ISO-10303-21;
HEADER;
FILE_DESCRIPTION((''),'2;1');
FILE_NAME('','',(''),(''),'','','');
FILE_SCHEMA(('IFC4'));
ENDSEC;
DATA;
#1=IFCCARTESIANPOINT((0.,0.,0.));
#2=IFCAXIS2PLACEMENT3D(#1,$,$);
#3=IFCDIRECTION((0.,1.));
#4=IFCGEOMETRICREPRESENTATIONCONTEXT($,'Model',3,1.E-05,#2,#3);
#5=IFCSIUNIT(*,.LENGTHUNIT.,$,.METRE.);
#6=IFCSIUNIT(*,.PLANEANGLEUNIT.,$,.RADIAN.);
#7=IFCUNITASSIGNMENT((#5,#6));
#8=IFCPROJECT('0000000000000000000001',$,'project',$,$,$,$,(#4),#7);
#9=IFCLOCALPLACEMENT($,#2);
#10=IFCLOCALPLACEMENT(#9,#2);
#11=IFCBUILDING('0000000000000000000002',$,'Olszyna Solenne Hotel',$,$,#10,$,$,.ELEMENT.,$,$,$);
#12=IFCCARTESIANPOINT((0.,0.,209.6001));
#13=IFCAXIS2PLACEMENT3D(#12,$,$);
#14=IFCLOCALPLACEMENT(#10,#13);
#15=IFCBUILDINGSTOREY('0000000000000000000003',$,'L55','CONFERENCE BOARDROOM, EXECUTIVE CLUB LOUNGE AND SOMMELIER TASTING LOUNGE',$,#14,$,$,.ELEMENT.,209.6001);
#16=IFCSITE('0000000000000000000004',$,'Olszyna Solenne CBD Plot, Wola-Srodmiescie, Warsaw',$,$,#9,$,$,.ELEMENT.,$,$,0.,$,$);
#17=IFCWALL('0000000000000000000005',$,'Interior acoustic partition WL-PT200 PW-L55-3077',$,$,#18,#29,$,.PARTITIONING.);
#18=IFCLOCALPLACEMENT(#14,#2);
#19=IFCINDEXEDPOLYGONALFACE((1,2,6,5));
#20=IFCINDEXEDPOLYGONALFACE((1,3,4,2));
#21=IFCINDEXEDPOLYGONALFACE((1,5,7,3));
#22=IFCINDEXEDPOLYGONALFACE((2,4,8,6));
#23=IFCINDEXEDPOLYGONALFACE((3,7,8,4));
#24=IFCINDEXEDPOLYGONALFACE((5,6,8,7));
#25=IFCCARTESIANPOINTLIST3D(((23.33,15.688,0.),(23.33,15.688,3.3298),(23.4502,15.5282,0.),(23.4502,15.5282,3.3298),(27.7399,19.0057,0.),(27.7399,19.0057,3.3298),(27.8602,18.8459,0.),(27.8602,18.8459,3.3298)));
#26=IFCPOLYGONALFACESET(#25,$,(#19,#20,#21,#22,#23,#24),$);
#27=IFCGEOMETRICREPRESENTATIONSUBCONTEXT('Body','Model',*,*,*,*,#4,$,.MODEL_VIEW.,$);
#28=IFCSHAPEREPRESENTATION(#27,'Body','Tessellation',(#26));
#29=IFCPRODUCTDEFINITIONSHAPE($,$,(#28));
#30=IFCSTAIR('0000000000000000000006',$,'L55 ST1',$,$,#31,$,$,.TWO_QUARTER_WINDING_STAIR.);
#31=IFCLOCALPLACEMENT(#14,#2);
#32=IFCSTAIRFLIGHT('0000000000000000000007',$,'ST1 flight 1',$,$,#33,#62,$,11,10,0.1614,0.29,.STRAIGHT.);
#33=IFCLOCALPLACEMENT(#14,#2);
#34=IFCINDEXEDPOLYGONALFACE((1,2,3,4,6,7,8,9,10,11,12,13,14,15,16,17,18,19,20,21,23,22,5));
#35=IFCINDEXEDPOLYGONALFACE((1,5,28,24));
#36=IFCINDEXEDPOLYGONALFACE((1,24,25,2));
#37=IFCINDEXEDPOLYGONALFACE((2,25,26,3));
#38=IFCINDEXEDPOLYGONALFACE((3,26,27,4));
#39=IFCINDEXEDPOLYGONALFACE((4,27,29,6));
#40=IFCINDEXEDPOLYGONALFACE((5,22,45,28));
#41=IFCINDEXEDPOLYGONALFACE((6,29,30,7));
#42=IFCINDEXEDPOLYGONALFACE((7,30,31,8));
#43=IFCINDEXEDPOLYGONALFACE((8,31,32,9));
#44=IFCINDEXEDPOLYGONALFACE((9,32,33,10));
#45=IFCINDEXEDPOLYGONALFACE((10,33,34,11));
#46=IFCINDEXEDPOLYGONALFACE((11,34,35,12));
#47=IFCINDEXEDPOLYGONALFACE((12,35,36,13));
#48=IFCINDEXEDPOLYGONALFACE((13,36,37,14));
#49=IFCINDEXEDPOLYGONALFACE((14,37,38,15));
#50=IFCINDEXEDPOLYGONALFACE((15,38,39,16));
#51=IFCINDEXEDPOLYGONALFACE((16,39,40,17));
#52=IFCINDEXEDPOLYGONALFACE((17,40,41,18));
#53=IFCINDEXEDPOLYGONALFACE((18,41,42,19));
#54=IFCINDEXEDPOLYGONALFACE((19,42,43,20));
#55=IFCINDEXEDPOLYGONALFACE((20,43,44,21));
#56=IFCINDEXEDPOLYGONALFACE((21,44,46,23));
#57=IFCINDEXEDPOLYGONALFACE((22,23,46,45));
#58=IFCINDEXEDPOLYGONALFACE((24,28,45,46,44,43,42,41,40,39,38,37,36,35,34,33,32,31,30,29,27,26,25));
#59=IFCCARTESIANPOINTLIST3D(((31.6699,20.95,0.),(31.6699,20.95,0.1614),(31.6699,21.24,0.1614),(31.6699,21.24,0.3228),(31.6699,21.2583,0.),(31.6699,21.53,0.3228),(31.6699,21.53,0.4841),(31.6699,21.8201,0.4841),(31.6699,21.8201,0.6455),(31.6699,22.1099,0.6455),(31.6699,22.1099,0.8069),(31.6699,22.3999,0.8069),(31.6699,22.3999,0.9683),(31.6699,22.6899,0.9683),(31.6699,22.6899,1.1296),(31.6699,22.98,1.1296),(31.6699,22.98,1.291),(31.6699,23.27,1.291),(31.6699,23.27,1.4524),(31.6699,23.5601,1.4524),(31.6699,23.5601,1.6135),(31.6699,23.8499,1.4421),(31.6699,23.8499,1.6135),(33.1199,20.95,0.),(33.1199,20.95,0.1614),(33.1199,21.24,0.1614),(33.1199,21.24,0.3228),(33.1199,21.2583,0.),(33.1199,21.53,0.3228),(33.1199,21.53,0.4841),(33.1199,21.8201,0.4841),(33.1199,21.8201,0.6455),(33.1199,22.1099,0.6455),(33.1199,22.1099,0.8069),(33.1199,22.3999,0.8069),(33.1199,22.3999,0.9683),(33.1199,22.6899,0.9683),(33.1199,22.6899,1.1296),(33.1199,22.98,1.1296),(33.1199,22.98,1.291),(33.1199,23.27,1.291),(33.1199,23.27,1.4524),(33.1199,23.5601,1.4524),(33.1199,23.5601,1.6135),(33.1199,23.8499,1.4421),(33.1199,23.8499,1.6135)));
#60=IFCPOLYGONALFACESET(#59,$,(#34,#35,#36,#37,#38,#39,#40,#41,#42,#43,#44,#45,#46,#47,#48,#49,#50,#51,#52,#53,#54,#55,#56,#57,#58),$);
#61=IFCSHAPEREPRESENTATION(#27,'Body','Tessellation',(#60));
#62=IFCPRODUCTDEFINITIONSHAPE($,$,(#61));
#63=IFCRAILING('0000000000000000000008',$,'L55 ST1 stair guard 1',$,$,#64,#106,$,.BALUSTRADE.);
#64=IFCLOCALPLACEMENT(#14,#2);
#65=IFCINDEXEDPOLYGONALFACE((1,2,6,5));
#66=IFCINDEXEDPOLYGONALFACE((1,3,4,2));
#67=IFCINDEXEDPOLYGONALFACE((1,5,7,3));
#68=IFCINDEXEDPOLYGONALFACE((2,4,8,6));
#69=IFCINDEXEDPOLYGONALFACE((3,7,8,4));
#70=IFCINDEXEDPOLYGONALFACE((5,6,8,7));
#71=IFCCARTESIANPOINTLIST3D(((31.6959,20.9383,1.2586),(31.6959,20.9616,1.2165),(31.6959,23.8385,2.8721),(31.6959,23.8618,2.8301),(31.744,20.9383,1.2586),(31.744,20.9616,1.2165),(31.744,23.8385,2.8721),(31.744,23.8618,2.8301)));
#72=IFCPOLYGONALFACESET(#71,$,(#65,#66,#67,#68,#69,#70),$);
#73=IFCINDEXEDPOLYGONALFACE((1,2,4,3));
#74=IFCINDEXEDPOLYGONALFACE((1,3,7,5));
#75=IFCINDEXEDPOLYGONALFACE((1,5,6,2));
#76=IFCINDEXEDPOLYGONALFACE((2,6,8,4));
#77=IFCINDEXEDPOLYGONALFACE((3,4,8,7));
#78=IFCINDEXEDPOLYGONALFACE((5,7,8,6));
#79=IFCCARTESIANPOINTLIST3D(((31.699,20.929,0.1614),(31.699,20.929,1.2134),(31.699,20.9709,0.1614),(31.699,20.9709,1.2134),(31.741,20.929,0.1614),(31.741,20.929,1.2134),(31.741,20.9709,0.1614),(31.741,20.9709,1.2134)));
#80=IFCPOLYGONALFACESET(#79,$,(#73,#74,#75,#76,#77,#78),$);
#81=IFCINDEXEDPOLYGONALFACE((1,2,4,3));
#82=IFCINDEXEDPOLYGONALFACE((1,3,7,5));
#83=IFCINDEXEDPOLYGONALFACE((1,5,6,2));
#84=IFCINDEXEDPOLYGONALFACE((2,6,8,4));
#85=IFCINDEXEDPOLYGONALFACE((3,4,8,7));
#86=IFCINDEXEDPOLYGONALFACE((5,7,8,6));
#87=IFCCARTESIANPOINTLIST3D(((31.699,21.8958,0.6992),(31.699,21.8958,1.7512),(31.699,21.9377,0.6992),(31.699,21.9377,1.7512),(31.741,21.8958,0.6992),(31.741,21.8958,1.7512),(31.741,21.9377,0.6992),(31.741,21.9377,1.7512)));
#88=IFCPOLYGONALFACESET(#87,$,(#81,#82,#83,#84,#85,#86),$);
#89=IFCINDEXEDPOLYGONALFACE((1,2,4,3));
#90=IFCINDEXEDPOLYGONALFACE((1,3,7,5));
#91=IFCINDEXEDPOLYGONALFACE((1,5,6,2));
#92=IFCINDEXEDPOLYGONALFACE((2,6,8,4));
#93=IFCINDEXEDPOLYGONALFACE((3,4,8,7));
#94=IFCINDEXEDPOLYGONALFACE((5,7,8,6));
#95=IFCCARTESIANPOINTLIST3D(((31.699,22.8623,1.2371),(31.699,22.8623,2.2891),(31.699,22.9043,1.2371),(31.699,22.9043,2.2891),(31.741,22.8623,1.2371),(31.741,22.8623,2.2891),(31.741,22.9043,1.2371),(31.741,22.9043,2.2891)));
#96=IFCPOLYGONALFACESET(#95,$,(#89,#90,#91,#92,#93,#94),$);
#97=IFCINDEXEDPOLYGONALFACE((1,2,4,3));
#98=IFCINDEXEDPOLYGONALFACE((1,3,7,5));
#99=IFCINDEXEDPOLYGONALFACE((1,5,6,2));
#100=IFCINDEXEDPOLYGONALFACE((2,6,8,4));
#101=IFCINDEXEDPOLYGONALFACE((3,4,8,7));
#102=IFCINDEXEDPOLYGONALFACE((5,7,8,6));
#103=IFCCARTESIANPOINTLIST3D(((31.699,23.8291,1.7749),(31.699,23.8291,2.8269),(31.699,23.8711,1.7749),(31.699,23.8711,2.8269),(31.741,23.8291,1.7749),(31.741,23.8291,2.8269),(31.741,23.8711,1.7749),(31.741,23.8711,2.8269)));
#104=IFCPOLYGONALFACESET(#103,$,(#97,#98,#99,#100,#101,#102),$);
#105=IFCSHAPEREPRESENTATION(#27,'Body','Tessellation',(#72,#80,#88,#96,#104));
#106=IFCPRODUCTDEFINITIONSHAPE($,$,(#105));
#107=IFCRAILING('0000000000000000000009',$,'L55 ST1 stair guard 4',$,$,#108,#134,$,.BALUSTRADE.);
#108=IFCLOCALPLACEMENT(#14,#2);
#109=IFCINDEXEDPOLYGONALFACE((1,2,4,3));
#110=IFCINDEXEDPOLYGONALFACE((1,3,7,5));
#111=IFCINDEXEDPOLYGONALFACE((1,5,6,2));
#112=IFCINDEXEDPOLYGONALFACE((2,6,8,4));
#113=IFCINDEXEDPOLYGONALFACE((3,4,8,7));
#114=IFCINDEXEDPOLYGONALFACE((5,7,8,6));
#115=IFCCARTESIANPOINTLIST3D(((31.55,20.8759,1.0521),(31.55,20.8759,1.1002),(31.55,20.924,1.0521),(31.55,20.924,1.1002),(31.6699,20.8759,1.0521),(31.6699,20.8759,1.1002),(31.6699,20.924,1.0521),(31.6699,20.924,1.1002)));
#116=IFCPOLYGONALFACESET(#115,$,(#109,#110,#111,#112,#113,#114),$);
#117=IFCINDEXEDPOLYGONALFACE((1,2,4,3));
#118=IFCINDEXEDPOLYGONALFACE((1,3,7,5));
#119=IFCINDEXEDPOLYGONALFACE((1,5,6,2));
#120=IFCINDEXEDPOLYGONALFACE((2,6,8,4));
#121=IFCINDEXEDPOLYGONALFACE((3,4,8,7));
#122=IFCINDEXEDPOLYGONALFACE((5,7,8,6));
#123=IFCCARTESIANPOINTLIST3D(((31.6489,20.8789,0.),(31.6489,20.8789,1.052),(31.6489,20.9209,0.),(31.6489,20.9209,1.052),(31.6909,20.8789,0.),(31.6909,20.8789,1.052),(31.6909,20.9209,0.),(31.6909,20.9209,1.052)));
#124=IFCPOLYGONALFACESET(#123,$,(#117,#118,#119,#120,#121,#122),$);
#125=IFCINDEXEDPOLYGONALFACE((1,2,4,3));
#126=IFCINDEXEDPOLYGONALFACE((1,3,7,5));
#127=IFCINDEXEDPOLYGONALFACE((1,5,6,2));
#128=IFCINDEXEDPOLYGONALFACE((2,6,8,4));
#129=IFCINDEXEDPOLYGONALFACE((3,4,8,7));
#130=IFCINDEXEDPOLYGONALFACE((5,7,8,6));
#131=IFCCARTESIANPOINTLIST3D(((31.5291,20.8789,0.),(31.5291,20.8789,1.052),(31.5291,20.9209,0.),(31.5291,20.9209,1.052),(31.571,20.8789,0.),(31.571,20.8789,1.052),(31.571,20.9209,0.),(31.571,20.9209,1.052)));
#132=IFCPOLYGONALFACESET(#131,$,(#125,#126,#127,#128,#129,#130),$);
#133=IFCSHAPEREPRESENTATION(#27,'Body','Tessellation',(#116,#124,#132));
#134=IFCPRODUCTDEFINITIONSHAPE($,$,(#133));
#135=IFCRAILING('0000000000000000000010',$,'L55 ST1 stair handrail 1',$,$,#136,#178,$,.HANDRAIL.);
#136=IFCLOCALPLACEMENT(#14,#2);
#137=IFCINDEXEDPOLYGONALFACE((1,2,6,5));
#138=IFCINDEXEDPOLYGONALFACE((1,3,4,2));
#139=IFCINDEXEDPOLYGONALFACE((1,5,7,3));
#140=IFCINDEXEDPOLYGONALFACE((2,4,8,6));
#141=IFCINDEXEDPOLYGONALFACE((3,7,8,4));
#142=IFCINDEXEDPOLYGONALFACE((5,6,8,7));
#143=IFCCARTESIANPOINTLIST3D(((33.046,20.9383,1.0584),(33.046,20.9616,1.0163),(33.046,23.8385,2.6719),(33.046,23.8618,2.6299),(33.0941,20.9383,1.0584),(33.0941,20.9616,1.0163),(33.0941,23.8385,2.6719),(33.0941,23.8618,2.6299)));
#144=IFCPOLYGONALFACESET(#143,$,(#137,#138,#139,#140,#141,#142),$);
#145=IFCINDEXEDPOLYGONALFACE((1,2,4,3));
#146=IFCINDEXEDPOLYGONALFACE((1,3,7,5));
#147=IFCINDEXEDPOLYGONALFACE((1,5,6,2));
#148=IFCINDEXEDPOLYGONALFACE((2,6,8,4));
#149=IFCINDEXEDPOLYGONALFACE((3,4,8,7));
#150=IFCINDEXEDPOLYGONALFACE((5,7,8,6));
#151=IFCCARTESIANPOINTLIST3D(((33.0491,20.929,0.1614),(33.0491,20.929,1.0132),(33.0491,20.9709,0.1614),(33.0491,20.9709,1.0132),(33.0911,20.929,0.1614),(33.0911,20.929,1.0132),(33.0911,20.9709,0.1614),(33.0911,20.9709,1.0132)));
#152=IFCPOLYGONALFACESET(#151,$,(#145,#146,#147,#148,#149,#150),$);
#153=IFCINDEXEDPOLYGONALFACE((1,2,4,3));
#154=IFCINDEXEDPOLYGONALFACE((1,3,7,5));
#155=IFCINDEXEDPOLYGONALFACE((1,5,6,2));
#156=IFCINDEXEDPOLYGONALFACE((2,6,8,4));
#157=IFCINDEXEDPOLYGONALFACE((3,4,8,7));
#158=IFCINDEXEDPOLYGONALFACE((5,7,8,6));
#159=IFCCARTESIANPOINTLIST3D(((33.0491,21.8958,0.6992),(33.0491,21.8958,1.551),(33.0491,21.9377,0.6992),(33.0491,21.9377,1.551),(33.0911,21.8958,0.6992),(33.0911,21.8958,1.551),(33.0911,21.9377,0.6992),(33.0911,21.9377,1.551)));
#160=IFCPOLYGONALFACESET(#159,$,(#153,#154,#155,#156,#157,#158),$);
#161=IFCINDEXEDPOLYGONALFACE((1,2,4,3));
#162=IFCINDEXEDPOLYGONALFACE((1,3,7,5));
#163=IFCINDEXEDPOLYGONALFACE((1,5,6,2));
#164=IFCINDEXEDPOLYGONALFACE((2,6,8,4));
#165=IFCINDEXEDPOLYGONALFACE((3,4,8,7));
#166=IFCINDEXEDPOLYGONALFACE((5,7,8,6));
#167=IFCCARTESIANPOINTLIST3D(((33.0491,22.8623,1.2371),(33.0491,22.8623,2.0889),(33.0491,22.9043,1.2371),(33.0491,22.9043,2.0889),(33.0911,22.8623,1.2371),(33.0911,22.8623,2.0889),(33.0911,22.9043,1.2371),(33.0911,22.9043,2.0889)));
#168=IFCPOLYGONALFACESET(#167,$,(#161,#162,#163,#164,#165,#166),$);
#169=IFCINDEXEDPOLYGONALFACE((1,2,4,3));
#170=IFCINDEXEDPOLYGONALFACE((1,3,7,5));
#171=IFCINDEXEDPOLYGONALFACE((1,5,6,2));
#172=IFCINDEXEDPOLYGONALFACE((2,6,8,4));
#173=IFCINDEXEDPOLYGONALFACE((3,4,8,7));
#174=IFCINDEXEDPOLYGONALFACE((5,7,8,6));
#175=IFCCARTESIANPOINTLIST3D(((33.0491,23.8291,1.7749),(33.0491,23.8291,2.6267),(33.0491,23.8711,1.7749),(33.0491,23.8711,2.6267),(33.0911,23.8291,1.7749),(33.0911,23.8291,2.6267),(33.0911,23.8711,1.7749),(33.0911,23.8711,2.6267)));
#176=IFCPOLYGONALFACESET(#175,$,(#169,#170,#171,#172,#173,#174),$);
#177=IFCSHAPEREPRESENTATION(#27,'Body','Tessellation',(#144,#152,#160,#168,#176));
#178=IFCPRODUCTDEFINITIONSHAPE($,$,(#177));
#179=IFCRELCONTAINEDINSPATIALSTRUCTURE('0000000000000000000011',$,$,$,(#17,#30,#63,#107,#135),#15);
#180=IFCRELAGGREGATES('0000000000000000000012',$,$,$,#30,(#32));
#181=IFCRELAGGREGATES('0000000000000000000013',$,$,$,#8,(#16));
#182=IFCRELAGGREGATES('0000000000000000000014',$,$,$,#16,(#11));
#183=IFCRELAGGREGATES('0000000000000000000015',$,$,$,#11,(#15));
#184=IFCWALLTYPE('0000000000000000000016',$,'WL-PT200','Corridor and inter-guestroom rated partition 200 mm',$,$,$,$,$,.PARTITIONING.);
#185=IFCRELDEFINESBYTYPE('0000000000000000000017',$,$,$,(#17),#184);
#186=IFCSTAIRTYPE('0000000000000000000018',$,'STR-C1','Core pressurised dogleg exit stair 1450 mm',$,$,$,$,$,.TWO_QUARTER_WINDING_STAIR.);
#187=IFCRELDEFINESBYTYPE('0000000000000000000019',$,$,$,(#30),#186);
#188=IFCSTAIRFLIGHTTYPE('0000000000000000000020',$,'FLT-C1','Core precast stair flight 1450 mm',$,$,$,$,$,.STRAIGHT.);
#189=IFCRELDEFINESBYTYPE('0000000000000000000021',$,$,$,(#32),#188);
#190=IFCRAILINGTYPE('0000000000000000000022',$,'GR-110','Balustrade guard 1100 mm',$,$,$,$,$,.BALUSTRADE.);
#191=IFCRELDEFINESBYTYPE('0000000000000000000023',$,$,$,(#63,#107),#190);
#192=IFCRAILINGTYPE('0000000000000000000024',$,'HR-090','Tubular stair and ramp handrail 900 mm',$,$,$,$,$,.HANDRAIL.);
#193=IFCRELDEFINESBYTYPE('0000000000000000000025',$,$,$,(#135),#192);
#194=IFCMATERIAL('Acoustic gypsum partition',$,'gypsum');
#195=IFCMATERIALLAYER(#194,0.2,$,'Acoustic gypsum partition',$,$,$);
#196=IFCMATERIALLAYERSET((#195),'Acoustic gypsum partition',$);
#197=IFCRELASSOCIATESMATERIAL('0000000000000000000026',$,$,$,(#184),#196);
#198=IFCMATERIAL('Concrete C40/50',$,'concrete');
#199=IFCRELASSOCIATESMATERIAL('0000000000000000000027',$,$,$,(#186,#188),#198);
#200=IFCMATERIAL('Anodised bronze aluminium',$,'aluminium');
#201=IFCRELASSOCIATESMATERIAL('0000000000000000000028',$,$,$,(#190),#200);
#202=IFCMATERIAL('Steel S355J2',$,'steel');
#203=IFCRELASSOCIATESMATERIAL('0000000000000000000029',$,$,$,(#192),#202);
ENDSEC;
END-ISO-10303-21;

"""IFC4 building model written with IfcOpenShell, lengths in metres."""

from ifc_helpers import new_model, si_unit, direction, frame, frame_2d, origin, origin_2d, place, context, subcontext, project, spatial, polyline, rectangle, outline, extrude, material, layer, layer_set, type_object, element, aggregate, save


model = new_model("IFC4")

# Units and contexts
model_context = context("Model", 3, precision=1e-05, world=origin(), true_north=direction((0.0, 1.0)))
body_context = subcontext(model_context, "Body", "Model", "MODEL_VIEW")
ifc_project = project(units=[si_unit("LENGTHUNIT", "METRE"), si_unit("PLANEANGLEUNIT", "RADIAN")], contexts=[model_context])

# Site, building, storey
site_placement = place(None, origin())
site = spatial("IfcSite", under=ifc_project, at=site_placement, Name="Olszyna Solenne CBD Plot, Wola-Srodmiescie, Warsaw", CompositionType="ELEMENT", RefElevation=0.0)
building_placement = place(site_placement, origin())
building = spatial("IfcBuilding", under=site, at=building_placement, Name="Olszyna Solenne Hotel", CompositionType="ELEMENT")
storey_placement = place(building_placement, frame((0.0, 0.0, 209.6001)))
storey = spatial("IfcBuildingStorey", under=building, at=storey_placement, Name="L55", Description="CONFERENCE BOARDROOM, EXECUTIVE CLUB LOUNGE AND SOMMELIER TASTING LOUNGE", CompositionType="ELEMENT", Elevation=209.6001)

# Shared definitions
ifc_material_1 = material(Name="Steel S355J2", Category="steel")

# Shared definitions
ifc_material_2 = material(Name="Anodised bronze aluminium", Category="aluminium")

# Shared definitions
ifc_material_3 = material(Name="Acoustic gypsum partition", Category="gypsum")

# Wall
ifc_layer_1 = layer(ifc_material_3, 0.2, Name="Acoustic gypsum partition")
ifc_layer_set_1 = layer_set([ifc_layer_1], Name="Acoustic gypsum partition")
wall_type_1 = type_object("IfcWallType", Name="WL-PT200", Description="Corridor and inter-guestroom rated partition 200 mm", PredefinedType="PARTITIONING", material=ifc_layer_set_1)
wall_1_placement = place(storey_placement, frame((27.8, 18.9258, 0.0), z_axis=(0.0, 0.0, 1.0), x_axis=(-0.799113, -0.601181, 0.0)))
element("IfcWall", 1, at=wall_1_placement, inside=storey, type_object=wall_type_1, Name="Interior acoustic partition WL-PT200 PW-L55-3077", PredefinedType="PARTITIONING", context=body_context, shape_type="SweptSolid", body=[
    extrude(rectangle(XDim=5.5186, YDim=0.2, at=frame_2d((2.7593, 0.0))), origin(), (0.0, 0.0, 1.0), 3.3298),
])

# Stair, stair flight
ifc_material_4 = material(Name="Concrete C40/50", Category="concrete")
stair_type = type_object("IfcStairType", Name="STR-C1", Description="Core pressurised dogleg exit stair 1450 mm", PredefinedType="TWO_QUARTER_WINDING_STAIR", material=ifc_material_4)
stair_placement = place(storey_placement, origin())
stair = element("IfcStair", 2, at=stair_placement, inside=storey, type_object=stair_type, Name="L55 ST1", PredefinedType="TWO_QUARTER_WINDING_STAIR")
stair_flight_type = type_object("IfcStairFlightType", Name="FLT-C1", Description="Core precast stair flight 1450 mm", PredefinedType="STRAIGHT", material=ifc_material_4)
stair_flight_placement = place(storey_placement, frame((32.395, 20.95, 0.0), z_axis=(0.0, 0.0, 1.0), x_axis=(0.0, 1.0, 0.0)))
stair_flight = element("IfcStairFlight", 3, at=stair_flight_placement, type_object=stair_flight_type, Name="ST1 flight 1", NumberOfRisers=11, NumberOfTreads=10, PredefinedType="STRAIGHT", RiserHeight=0.1614, TreadLength=0.29, context=body_context, shape_type="SweptSolid", body=[
    extrude(outline(polyline([(0.0, 0.0), (0.0, 0.1614), (0.29, 0.1614), (0.29, 0.3228), (0.5801, 0.3228), (0.5801, 0.4841), (0.8701, 0.4841), (0.8701, 0.6455), (1.1599, 0.6455), (1.1599, 0.8069), (1.45, 0.8069), (1.45, 0.9683), (1.74, 0.9683), (1.74, 1.1296), (2.03, 1.1296), (2.03, 1.291), (2.3201, 1.291), (2.3201, 1.4524), (2.6101, 1.4524), (2.6101, 1.6135), (2.8999, 1.6135), (2.8999, 1.7749), (2.8999, 1.4421), (0.3083, 0.0), (0.0, 0.0)])), frame((0.0, 0.7251, 0.0), z_axis=(0.0, -1.0, 0.0), x_axis=(1.0, 0.0, 0.0)), (0.0, 0.0, 1.0), 1.45),
])
aggregate(stair, [stair_flight])

# Railings
railing_type_1 = type_object("IfcRailingType", Name="GR-110", Description="Balustrade guard 1100 mm", PredefinedType="BALUSTRADE", material=ifc_material_2)
railing_1_placement = place(storey_placement, frame((31.72, 20.95, 0.1614)))
element("IfcRailing", 4, at=railing_1_placement, inside=storey, type_object=railing_type_1, Name="L55 ST1 stair guard 1", PredefinedType="BALUSTRADE", context=body_context, shape_type="SweptSolid", body=[
    extrude(rectangle(XDim=0.0481, YDim=0.0481, at=origin_2d()), frame((0.0, 0.0, 1.0762), z_axis=(0.0, 0.873859, 0.48618), x_axis=(-1.0, 0.0, 0.0)), (0.0, 0.0, 1.0), 3.3188),
    extrude(rectangle(XDim=0.042, YDim=0.042, at=origin_2d()), origin(), (0.0, 0.0, 1.0), 1.052),
    extrude(rectangle(XDim=0.042, YDim=0.042, at=origin_2d()), frame((0.0, 0.9668, 0.5378)), (0.0, 0.0, 1.0), 1.052),
    extrude(rectangle(XDim=0.042, YDim=0.042, at=origin_2d()), frame((0.0, 1.9333, 1.0757)), (0.0, 0.0, 1.0), 1.052),
    extrude(rectangle(XDim=0.042, YDim=0.042, at=origin_2d()), frame((0.0, 2.9001, 1.6135)), (0.0, 0.0, 1.0), 1.052),
])
railing_2_placement = place(storey_placement, frame((31.6699, 20.8999, 0.0)))
element("IfcRailing", 5, at=railing_2_placement, inside=storey, type_object=railing_type_1, Name="L55 ST1 stair guard 4", PredefinedType="BALUSTRADE", context=body_context, shape_type="SweptSolid", body=[
    extrude(rectangle(XDim=0.0481, YDim=0.0481, at=origin_2d()), frame((0.0, 0.0, 1.0762), z_axis=(-1.0, 0.0, 0.0), x_axis=(0.0, -1.0, 0.0)), (0.0, 0.0, 1.0), 0.1199),
    extrude(rectangle(XDim=0.042, YDim=0.042, at=origin_2d()), origin(), (0.0, 0.0, 1.0), 1.052),
    extrude(rectangle(XDim=0.042, YDim=0.042, at=origin_2d()), frame((-0.1199, 0.0, 0.0)), (0.0, 0.0, 1.0), 1.052),
])
railing_type_2 = type_object("IfcRailingType", Name="HR-090", Description="Tubular stair and ramp handrail 900 mm", PredefinedType="HANDRAIL", material=ifc_material_1)
railing_3_placement = place(storey_placement, frame((33.0701, 20.95, 0.1614)))
element("IfcRailing", 6, at=railing_3_placement, inside=storey, type_object=railing_type_2, Name="L55 ST1 stair handrail 1", PredefinedType="HANDRAIL", context=body_context, shape_type="SweptSolid", body=[
    extrude(rectangle(XDim=0.0481, YDim=0.0481, at=origin_2d()), frame((0.0, 0.0, 0.876), z_axis=(0.0, 0.873859, 0.48618), x_axis=(-1.0, 0.0, 0.0)), (0.0, 0.0, 1.0), 3.3188),
    extrude(rectangle(XDim=0.042, YDim=0.042, at=origin_2d()), origin(), (0.0, 0.0, 1.0), 0.8518),
    extrude(rectangle(XDim=0.042, YDim=0.042, at=origin_2d()), frame((0.0, 0.9668, 0.5378)), (0.0, 0.0, 1.0), 0.8518),
    extrude(rectangle(XDim=0.042, YDim=0.042, at=origin_2d()), frame((0.0, 1.9333, 1.0757)), (0.0, 0.0, 1.0), 0.8518),
    extrude(rectangle(XDim=0.042, YDim=0.042, at=origin_2d()), frame((0.0, 2.9001, 1.6135)), (0.0, 0.0, 1.0), 0.8518),
])

save(model, "model.ifc")
